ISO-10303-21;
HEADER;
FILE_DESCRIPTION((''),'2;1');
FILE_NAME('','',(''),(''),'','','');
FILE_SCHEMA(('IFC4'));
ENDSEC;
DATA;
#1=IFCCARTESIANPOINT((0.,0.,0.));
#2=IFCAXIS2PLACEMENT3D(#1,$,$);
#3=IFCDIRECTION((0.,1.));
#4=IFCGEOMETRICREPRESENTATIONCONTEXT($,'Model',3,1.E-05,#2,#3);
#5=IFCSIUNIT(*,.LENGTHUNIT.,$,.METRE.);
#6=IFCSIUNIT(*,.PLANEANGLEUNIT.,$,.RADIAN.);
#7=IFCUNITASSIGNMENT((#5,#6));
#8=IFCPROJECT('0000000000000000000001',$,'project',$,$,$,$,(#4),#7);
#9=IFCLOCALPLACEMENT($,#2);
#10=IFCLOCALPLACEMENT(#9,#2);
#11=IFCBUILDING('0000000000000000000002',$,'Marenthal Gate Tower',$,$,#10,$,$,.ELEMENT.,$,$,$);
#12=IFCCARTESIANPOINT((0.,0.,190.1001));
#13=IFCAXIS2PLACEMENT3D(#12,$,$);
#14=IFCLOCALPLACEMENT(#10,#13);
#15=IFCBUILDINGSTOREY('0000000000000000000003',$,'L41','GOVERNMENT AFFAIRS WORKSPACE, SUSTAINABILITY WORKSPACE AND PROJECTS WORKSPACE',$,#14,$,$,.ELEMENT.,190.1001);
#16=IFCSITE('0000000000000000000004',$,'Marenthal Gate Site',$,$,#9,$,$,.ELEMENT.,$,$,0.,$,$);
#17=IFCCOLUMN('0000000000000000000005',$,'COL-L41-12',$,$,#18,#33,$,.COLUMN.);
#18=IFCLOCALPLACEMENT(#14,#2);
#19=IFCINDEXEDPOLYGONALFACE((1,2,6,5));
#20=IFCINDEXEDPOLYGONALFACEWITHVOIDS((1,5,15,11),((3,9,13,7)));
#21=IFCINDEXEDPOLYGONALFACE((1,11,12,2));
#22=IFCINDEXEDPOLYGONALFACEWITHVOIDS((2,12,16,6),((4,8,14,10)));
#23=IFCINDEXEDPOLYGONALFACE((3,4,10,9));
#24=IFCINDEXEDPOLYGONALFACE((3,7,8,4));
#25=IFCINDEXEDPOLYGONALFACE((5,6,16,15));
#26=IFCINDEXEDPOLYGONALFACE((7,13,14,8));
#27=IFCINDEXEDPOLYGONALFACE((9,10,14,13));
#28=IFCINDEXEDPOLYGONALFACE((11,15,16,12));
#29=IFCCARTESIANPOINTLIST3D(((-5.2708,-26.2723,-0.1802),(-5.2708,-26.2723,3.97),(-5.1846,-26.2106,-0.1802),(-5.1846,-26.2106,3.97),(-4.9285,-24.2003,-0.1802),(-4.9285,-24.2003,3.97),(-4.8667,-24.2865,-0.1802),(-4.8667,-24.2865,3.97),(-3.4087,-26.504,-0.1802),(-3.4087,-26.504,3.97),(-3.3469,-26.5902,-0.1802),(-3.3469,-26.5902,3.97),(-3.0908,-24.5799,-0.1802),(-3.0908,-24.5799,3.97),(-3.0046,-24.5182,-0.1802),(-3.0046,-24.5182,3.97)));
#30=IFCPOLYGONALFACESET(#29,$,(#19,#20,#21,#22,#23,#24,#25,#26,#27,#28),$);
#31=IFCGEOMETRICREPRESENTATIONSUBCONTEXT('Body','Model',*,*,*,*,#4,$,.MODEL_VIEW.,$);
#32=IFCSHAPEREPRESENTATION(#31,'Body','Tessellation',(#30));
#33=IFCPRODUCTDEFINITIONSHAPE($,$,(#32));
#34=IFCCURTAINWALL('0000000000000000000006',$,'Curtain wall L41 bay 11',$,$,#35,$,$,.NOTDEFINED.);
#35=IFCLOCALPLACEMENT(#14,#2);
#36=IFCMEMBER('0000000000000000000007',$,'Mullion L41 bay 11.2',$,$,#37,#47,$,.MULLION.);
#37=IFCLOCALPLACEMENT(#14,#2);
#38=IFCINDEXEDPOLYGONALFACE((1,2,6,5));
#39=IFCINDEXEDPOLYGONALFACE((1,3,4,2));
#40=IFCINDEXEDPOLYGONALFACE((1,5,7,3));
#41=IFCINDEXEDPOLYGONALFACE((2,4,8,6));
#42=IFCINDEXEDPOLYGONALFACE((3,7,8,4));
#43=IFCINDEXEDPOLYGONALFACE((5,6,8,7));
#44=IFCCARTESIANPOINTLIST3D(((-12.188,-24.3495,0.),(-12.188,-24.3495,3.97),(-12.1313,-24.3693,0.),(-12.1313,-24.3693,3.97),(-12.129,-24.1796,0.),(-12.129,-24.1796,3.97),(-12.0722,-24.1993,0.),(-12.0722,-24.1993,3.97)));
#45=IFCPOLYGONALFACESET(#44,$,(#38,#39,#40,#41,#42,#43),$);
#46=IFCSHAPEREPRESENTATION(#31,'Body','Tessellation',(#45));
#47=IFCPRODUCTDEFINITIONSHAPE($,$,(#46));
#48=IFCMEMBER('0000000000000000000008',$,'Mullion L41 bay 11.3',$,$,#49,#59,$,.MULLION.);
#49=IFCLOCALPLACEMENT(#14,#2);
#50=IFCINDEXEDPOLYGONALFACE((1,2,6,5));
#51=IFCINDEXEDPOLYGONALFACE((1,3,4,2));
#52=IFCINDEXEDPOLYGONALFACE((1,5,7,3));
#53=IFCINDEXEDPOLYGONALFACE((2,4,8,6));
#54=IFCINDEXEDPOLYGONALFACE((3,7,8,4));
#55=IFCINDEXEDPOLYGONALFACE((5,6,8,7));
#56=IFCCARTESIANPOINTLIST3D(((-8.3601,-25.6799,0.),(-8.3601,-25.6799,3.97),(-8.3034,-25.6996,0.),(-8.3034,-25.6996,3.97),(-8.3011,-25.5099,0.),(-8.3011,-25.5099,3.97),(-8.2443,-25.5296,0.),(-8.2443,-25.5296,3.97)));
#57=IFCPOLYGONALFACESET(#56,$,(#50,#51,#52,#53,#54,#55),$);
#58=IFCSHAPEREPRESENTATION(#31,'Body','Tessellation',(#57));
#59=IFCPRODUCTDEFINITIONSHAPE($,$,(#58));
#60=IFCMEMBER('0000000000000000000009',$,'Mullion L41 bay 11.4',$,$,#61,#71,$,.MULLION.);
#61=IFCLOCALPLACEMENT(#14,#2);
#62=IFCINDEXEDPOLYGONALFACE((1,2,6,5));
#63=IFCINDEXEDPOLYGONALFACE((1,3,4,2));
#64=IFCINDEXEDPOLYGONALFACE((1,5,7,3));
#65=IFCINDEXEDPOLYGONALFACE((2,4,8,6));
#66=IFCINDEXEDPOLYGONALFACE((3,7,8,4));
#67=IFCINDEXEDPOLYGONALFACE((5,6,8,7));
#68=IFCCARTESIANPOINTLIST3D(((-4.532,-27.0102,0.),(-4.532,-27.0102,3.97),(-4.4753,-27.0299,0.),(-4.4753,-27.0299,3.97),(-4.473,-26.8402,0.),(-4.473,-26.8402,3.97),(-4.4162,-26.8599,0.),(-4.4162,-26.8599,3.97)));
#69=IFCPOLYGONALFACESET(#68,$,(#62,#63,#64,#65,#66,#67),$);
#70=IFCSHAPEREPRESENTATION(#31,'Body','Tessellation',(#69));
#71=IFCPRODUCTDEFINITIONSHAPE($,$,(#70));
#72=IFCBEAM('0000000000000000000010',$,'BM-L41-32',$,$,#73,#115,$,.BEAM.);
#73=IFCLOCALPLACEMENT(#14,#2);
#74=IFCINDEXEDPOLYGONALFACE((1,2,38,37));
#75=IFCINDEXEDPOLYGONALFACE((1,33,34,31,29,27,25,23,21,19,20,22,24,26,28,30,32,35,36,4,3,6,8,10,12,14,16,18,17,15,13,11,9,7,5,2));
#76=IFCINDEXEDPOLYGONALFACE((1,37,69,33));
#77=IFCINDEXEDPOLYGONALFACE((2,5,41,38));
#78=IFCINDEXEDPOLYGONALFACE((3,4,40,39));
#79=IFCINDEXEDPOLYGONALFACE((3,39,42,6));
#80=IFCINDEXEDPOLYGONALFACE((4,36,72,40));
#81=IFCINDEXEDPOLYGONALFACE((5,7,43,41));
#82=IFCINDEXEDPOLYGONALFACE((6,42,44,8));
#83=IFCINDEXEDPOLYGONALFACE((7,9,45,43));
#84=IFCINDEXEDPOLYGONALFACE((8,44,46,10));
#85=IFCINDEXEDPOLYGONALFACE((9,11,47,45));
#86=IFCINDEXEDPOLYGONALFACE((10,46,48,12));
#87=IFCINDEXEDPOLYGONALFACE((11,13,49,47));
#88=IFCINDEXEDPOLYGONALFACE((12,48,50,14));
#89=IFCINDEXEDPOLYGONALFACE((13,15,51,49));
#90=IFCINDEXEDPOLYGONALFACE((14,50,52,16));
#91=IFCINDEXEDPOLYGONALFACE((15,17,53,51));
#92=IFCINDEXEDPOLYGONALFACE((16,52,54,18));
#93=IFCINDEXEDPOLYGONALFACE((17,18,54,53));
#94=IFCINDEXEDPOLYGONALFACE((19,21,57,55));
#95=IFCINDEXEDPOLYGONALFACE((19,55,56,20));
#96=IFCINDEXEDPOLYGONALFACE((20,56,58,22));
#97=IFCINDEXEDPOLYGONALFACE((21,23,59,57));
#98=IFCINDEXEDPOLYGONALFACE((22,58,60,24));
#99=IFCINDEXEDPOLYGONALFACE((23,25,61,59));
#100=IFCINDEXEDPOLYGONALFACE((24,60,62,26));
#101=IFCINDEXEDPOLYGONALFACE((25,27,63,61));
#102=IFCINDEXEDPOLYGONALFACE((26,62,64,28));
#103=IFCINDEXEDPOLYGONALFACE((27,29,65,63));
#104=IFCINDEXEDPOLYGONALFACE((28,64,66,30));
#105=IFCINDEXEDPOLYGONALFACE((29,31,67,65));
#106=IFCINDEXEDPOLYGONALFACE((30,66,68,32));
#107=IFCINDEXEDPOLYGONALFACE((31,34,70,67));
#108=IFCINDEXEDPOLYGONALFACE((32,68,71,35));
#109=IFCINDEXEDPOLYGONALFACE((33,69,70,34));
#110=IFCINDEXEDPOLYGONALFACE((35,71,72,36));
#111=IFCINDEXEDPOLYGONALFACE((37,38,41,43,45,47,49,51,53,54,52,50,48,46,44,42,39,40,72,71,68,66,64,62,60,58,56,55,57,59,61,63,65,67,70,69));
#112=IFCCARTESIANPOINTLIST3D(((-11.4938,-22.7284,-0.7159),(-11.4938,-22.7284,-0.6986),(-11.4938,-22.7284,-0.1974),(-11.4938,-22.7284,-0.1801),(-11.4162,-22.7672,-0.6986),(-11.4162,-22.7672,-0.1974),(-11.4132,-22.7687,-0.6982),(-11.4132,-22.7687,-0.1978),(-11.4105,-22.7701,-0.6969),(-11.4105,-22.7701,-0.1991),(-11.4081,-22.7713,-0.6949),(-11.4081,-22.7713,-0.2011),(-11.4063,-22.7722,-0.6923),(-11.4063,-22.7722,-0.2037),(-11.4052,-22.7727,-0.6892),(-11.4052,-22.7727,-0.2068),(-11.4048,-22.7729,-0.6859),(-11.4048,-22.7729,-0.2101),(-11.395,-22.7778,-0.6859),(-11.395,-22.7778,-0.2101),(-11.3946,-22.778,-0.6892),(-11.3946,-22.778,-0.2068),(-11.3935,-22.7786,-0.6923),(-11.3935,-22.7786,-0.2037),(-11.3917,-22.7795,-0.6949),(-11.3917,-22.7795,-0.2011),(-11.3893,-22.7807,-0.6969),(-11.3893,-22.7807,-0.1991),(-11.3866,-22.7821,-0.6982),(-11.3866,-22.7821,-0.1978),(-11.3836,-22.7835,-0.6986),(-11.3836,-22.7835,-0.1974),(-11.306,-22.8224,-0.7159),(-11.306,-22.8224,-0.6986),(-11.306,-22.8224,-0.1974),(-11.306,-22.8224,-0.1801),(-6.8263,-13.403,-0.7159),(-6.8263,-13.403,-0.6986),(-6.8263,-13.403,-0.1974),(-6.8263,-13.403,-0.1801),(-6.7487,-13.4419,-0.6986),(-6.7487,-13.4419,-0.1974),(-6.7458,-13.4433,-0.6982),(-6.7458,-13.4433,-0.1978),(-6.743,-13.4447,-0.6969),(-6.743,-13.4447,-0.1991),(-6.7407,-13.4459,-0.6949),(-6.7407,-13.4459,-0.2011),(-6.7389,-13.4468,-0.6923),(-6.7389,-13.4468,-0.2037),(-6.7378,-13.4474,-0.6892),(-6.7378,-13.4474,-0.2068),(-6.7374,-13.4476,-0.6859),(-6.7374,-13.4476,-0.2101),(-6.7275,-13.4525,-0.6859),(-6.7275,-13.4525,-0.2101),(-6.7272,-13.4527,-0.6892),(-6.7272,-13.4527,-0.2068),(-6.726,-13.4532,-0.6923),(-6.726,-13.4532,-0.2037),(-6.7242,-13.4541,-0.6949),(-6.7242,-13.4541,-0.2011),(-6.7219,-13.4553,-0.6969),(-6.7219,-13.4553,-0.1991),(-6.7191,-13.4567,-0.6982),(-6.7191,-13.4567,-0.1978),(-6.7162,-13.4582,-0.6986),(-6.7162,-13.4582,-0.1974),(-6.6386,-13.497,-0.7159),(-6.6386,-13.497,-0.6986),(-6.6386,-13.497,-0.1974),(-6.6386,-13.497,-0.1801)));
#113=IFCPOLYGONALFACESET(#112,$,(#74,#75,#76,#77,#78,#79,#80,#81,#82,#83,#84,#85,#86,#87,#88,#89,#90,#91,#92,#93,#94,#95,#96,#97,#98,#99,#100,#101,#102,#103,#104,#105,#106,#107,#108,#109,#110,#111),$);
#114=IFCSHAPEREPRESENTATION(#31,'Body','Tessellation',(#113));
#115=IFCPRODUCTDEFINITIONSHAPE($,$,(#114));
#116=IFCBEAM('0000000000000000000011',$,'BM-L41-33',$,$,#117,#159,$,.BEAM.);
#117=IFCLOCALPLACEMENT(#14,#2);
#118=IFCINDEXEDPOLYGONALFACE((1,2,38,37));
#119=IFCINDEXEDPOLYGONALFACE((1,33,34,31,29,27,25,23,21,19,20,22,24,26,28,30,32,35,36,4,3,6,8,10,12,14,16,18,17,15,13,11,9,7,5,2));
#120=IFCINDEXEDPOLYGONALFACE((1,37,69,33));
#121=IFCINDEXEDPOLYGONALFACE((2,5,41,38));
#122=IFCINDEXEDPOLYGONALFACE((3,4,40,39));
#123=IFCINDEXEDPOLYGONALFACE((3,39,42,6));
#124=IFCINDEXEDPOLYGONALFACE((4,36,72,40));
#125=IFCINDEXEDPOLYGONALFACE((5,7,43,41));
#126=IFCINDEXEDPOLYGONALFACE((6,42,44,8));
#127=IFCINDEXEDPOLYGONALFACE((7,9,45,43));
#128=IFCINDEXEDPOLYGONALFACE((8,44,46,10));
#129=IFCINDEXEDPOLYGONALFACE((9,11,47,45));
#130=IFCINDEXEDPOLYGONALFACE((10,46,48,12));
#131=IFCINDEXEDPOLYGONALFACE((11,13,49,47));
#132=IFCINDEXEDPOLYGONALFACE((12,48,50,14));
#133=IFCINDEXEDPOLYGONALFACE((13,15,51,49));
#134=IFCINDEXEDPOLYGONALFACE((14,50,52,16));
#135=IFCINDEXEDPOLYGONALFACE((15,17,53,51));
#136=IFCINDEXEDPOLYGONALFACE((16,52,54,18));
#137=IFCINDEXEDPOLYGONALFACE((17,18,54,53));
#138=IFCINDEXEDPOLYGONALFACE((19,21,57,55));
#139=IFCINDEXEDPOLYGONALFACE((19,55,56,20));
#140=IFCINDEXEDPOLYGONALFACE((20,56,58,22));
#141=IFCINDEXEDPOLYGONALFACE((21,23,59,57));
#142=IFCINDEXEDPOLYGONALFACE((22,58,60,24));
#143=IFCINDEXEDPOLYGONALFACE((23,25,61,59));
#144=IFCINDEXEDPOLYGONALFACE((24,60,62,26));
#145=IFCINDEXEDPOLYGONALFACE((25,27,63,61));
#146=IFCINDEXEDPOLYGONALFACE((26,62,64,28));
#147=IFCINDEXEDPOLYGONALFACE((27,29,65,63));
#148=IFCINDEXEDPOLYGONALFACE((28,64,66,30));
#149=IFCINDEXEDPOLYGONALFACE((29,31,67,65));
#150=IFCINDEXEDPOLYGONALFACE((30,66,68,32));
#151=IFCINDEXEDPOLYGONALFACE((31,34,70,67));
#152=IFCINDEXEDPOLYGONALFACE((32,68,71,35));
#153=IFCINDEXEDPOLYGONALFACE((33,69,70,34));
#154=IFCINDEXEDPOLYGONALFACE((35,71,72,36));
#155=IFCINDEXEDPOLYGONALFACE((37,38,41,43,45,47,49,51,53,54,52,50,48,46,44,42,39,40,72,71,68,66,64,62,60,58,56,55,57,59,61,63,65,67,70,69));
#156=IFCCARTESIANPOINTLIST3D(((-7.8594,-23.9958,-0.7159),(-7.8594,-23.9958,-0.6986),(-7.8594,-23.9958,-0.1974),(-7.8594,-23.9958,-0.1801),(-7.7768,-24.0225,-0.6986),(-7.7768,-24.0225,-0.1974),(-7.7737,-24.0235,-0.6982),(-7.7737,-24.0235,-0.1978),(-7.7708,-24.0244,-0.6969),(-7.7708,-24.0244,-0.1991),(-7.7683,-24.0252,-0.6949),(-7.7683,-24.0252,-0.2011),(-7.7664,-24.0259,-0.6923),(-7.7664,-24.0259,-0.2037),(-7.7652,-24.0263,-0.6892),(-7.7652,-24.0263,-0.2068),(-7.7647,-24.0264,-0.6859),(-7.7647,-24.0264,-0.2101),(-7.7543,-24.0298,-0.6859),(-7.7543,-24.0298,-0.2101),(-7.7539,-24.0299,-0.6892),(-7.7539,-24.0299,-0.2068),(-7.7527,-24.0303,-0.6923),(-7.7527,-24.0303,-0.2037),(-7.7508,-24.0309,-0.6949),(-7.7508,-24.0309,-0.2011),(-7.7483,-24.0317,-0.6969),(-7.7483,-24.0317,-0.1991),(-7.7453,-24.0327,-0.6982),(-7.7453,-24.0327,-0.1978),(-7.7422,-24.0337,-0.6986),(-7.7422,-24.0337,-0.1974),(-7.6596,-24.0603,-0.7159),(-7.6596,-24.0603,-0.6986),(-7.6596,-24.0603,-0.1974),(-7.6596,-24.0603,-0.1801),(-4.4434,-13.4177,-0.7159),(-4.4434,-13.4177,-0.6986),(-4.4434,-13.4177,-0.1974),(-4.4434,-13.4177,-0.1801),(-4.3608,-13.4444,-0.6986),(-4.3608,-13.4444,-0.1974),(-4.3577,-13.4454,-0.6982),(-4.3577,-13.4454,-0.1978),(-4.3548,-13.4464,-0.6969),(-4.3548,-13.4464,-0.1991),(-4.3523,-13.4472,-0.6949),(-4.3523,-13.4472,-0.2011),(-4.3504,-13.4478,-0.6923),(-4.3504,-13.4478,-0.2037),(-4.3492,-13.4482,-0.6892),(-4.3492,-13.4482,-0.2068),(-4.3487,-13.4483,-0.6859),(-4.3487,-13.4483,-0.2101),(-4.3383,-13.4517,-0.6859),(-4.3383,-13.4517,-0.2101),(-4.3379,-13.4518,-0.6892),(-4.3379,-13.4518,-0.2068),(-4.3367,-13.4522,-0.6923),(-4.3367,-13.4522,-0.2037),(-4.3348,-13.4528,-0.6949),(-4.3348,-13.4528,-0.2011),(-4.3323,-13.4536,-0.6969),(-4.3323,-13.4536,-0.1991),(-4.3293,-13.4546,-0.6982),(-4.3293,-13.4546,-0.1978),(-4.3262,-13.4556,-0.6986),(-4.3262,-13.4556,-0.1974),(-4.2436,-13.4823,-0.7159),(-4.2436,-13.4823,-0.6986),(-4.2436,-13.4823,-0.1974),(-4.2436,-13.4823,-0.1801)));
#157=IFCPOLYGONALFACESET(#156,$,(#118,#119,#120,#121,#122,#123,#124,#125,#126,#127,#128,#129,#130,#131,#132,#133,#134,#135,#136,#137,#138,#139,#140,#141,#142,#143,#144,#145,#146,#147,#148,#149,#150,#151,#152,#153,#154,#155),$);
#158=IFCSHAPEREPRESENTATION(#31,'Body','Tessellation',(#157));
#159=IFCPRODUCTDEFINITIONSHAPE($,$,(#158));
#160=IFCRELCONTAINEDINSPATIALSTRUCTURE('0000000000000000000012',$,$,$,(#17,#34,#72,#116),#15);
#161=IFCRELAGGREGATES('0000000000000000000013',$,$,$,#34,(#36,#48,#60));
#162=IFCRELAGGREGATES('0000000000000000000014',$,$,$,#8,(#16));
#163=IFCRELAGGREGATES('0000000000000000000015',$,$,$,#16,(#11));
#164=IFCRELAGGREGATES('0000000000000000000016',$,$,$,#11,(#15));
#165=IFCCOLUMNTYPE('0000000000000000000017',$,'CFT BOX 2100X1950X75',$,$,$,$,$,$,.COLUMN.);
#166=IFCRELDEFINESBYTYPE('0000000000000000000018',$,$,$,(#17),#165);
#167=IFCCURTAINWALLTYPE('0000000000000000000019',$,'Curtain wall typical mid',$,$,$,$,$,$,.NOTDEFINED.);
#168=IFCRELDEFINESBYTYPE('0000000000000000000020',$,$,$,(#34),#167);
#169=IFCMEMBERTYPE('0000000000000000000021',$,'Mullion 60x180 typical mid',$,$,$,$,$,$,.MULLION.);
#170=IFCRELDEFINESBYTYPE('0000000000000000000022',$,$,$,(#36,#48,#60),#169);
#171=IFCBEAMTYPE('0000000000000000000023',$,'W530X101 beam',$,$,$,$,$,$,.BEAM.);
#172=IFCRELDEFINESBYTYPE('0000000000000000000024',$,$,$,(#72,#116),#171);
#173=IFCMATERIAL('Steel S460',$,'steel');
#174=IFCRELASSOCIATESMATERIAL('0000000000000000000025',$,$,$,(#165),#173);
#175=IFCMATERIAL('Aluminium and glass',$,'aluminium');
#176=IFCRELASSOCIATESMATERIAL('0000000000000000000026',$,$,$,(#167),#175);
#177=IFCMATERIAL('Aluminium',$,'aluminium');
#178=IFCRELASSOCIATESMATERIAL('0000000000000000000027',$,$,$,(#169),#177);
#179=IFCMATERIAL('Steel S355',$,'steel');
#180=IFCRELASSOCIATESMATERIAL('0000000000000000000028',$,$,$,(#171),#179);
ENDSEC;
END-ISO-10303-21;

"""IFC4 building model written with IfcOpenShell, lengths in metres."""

from ifc_helpers import new_model, si_unit, direction, frame, origin, origin_2d, place, context, subcontext, project, spatial, rectangle, hollow_rectangle, i_section, extrude, material, material_profile, profile_set, type_object, element, aggregate, save


model = new_model("IFC4")

# Units and contexts
model_context = context("Model", 3, precision=1e-05, world=origin(), true_north=direction((0.0, 1.0)))
body_context = subcontext(model_context, "Body", "Model", "MODEL_VIEW")
ifc_project = project(units=[si_unit("LENGTHUNIT", "METRE"), si_unit("PLANEANGLEUNIT", "RADIAN")], contexts=[model_context])

# Site, building, storey
site_placement = place(None, origin())
site = spatial("IfcSite", under=ifc_project, at=site_placement, Name="Marenthal Gate Site", CompositionType="ELEMENT", RefElevation=0.0)
building_placement = place(site_placement, origin())
building = spatial("IfcBuilding", under=site, at=building_placement, Name="Marenthal Gate Tower", CompositionType="ELEMENT")
storey_placement = place(building_placement, frame((0.0, 0.0, 190.1001)))
storey = spatial("IfcBuildingStorey", under=building, at=storey_placement, Name="L41", Description="GOVERNMENT AFFAIRS WORKSPACE, SUSTAINABILITY WORKSPACE AND PROJECTS WORKSPACE", CompositionType="ELEMENT", Elevation=190.1001)

# Column
ifc_material_1 = material(Name="Steel S460", Category="steel")
ifc_material_profile_1 = material_profile(ifc_material_1, hollow_rectangle(XDim=1.95, YDim=2.1001, WallThickness=0.075, at=origin_2d()), Name="CFT BOX 2100X1950X75")
ifc_material_2 = material(Name="Concrete 70 MPa", Category="concrete")
ifc_material_profile_2 = material_profile(ifc_material_2, rectangle(XDim=1.8, YDim=1.95, at=origin_2d()), Name="CFT BOX 2100X1950X75 INFILL")
ifc_profile_set_1 = profile_set([ifc_material_profile_1, ifc_material_profile_2], Name="Steel S460 shell, Concrete 70 MPa infill")
column_type = type_object("IfcColumnType", Name="CFT BOX 2100X1950X75", PredefinedType="COLUMN", material=ifc_profile_set_1)
column_placement = place(storey_placement, frame((-4.1377, -25.3953, -0.1802), z_axis=(0.0, 0.0, 1.0), x_axis=(-0.986623, 0.163018, 0.0)))
element("IfcColumn", 1, at=column_placement, inside=storey, type_object=column_type, Name="COL-L41-12", PredefinedType="COLUMN", context=body_context, shape_type="SweptSolid", body=[
    extrude(hollow_rectangle(XDim=1.95, YDim=2.1001, WallThickness=0.075, at=origin_2d()), origin(), (0.0, 0.0, 1.0), 4.1501),
])

# Curtain wall, members
ifc_material_3 = material(Name="Aluminium and glass", Category="aluminium")
curtain_wall_type = type_object("IfcCurtainWallType", Name="Curtain wall typical mid", PredefinedType="NOTDEFINED", material=ifc_material_3)
curtain_wall_placement = place(storey_placement, origin())
curtain_wall = element("IfcCurtainWall", 2, at=curtain_wall_placement, inside=storey, type_object=curtain_wall_type, Name="Curtain wall L41 bay 11", PredefinedType="NOTDEFINED")
ifc_material_4 = material(Name="Aluminium", Category="aluminium")
ifc_material_profile_3 = material_profile(ifc_material_4, rectangle(XDim=0.1799, YDim=0.0601, at=origin_2d()), Name="60x180 aluminium mullion")
ifc_profile_set_2 = profile_set([ifc_material_profile_3], Name="Aluminium")
member_type = type_object("IfcMemberType", Name="Mullion 60x180 typical mid", PredefinedType="MULLION", material=ifc_profile_set_2)
member_1_placement = place(storey_placement, frame((-12.1301, -24.2744, 0.0), z_axis=(0.0, 0.0, 1.0), x_axis=(0.328273, 0.944583, 0.0)))
member_1 = element("IfcMember", 3, at=member_1_placement, type_object=member_type, Name="Mullion L41 bay 11.2", PredefinedType="MULLION", context=body_context, shape_type="SweptSolid", body=[
    extrude(rectangle(XDim=0.1799, YDim=0.0601, at=origin_2d()), origin(), (0.0, 0.0, 1.0), 3.97),
])
member_2_placement = place(storey_placement, frame((-8.3022, -25.6047, 0.0), z_axis=(0.0, 0.0, 1.0), x_axis=(0.328273, 0.944583, 0.0)))
member_2 = element("IfcMember", 4, at=member_2_placement, type_object=member_type, Name="Mullion L41 bay 11.3", PredefinedType="MULLION", context=body_context, shape_type="SweptSolid", body=[
    extrude(rectangle(XDim=0.1799, YDim=0.0601, at=origin_2d()), origin(), (0.0, 0.0, 1.0), 3.97),
])
member_3_placement = place(storey_placement, frame((-4.4741, -26.9351, 0.0), z_axis=(0.0, 0.0, 1.0), x_axis=(0.328273, 0.944583, 0.0)))
member_3 = element("IfcMember", 5, at=member_3_placement, type_object=member_type, Name="Mullion L41 bay 11.4", PredefinedType="MULLION", context=body_context, shape_type="SweptSolid", body=[
    extrude(rectangle(XDim=0.1799, YDim=0.0601, at=origin_2d()), origin(), (0.0, 0.0, 1.0), 3.97),
])

# Beams
ifc_material_5 = material(Name="Steel S355", Category="steel")
ifc_material_profile_4 = material_profile(ifc_material_5, i_section(OverallWidth=0.21, OverallDepth=0.5359, WebThickness=0.011, FlangeThickness=0.0173, FilletRadius=0.0127, at=origin_2d()), Name="W530X101")
ifc_profile_set_3 = profile_set([ifc_material_profile_4], Name="Steel S355")
beam_type_1 = type_object("IfcBeamType", Name="W530X101 beam", PredefinedType="BEAM", material=ifc_profile_set_3)
beam_1_placement = place(storey_placement, frame((-11.3999, -22.7754, -0.448), z_axis=(0.447579, 0.894245, 0.0), x_axis=(-0.894245, 0.447579, 0.0)))
element("IfcBeam", 6, at=beam_1_placement, inside=storey, type_object=beam_type_1, Name="BM-L41-32", PredefinedType="BEAM", context=body_context, shape_type="SweptSolid", body=[
    extrude(i_section(OverallWidth=0.21, OverallDepth=0.5359, WebThickness=0.011, FlangeThickness=0.0173, FilletRadius=0.0127, at=origin_2d()), origin(), (0.0, 0.0, 1.0), 10.4282),
])
beam_2_placement = place(storey_placement, frame((-7.7595, -24.0281, -0.448), z_axis=(0.307306, 0.951611, 0.0), x_axis=(-0.951611, 0.307306, 0.0)))
element("IfcBeam", 7, at=beam_2_placement, inside=storey, type_object=beam_type_1, Name="BM-L41-33", PredefinedType="BEAM", context=body_context, shape_type="SweptSolid", body=[
    extrude(i_section(OverallWidth=0.21, OverallDepth=0.5359, WebThickness=0.011, FlangeThickness=0.0173, FilletRadius=0.0127, at=origin_2d()), origin(), (0.0, 0.0, 1.0), 11.116),
])

aggregate(curtain_wall, [member_1, member_2, member_3])

save(model, "model.ifc")
